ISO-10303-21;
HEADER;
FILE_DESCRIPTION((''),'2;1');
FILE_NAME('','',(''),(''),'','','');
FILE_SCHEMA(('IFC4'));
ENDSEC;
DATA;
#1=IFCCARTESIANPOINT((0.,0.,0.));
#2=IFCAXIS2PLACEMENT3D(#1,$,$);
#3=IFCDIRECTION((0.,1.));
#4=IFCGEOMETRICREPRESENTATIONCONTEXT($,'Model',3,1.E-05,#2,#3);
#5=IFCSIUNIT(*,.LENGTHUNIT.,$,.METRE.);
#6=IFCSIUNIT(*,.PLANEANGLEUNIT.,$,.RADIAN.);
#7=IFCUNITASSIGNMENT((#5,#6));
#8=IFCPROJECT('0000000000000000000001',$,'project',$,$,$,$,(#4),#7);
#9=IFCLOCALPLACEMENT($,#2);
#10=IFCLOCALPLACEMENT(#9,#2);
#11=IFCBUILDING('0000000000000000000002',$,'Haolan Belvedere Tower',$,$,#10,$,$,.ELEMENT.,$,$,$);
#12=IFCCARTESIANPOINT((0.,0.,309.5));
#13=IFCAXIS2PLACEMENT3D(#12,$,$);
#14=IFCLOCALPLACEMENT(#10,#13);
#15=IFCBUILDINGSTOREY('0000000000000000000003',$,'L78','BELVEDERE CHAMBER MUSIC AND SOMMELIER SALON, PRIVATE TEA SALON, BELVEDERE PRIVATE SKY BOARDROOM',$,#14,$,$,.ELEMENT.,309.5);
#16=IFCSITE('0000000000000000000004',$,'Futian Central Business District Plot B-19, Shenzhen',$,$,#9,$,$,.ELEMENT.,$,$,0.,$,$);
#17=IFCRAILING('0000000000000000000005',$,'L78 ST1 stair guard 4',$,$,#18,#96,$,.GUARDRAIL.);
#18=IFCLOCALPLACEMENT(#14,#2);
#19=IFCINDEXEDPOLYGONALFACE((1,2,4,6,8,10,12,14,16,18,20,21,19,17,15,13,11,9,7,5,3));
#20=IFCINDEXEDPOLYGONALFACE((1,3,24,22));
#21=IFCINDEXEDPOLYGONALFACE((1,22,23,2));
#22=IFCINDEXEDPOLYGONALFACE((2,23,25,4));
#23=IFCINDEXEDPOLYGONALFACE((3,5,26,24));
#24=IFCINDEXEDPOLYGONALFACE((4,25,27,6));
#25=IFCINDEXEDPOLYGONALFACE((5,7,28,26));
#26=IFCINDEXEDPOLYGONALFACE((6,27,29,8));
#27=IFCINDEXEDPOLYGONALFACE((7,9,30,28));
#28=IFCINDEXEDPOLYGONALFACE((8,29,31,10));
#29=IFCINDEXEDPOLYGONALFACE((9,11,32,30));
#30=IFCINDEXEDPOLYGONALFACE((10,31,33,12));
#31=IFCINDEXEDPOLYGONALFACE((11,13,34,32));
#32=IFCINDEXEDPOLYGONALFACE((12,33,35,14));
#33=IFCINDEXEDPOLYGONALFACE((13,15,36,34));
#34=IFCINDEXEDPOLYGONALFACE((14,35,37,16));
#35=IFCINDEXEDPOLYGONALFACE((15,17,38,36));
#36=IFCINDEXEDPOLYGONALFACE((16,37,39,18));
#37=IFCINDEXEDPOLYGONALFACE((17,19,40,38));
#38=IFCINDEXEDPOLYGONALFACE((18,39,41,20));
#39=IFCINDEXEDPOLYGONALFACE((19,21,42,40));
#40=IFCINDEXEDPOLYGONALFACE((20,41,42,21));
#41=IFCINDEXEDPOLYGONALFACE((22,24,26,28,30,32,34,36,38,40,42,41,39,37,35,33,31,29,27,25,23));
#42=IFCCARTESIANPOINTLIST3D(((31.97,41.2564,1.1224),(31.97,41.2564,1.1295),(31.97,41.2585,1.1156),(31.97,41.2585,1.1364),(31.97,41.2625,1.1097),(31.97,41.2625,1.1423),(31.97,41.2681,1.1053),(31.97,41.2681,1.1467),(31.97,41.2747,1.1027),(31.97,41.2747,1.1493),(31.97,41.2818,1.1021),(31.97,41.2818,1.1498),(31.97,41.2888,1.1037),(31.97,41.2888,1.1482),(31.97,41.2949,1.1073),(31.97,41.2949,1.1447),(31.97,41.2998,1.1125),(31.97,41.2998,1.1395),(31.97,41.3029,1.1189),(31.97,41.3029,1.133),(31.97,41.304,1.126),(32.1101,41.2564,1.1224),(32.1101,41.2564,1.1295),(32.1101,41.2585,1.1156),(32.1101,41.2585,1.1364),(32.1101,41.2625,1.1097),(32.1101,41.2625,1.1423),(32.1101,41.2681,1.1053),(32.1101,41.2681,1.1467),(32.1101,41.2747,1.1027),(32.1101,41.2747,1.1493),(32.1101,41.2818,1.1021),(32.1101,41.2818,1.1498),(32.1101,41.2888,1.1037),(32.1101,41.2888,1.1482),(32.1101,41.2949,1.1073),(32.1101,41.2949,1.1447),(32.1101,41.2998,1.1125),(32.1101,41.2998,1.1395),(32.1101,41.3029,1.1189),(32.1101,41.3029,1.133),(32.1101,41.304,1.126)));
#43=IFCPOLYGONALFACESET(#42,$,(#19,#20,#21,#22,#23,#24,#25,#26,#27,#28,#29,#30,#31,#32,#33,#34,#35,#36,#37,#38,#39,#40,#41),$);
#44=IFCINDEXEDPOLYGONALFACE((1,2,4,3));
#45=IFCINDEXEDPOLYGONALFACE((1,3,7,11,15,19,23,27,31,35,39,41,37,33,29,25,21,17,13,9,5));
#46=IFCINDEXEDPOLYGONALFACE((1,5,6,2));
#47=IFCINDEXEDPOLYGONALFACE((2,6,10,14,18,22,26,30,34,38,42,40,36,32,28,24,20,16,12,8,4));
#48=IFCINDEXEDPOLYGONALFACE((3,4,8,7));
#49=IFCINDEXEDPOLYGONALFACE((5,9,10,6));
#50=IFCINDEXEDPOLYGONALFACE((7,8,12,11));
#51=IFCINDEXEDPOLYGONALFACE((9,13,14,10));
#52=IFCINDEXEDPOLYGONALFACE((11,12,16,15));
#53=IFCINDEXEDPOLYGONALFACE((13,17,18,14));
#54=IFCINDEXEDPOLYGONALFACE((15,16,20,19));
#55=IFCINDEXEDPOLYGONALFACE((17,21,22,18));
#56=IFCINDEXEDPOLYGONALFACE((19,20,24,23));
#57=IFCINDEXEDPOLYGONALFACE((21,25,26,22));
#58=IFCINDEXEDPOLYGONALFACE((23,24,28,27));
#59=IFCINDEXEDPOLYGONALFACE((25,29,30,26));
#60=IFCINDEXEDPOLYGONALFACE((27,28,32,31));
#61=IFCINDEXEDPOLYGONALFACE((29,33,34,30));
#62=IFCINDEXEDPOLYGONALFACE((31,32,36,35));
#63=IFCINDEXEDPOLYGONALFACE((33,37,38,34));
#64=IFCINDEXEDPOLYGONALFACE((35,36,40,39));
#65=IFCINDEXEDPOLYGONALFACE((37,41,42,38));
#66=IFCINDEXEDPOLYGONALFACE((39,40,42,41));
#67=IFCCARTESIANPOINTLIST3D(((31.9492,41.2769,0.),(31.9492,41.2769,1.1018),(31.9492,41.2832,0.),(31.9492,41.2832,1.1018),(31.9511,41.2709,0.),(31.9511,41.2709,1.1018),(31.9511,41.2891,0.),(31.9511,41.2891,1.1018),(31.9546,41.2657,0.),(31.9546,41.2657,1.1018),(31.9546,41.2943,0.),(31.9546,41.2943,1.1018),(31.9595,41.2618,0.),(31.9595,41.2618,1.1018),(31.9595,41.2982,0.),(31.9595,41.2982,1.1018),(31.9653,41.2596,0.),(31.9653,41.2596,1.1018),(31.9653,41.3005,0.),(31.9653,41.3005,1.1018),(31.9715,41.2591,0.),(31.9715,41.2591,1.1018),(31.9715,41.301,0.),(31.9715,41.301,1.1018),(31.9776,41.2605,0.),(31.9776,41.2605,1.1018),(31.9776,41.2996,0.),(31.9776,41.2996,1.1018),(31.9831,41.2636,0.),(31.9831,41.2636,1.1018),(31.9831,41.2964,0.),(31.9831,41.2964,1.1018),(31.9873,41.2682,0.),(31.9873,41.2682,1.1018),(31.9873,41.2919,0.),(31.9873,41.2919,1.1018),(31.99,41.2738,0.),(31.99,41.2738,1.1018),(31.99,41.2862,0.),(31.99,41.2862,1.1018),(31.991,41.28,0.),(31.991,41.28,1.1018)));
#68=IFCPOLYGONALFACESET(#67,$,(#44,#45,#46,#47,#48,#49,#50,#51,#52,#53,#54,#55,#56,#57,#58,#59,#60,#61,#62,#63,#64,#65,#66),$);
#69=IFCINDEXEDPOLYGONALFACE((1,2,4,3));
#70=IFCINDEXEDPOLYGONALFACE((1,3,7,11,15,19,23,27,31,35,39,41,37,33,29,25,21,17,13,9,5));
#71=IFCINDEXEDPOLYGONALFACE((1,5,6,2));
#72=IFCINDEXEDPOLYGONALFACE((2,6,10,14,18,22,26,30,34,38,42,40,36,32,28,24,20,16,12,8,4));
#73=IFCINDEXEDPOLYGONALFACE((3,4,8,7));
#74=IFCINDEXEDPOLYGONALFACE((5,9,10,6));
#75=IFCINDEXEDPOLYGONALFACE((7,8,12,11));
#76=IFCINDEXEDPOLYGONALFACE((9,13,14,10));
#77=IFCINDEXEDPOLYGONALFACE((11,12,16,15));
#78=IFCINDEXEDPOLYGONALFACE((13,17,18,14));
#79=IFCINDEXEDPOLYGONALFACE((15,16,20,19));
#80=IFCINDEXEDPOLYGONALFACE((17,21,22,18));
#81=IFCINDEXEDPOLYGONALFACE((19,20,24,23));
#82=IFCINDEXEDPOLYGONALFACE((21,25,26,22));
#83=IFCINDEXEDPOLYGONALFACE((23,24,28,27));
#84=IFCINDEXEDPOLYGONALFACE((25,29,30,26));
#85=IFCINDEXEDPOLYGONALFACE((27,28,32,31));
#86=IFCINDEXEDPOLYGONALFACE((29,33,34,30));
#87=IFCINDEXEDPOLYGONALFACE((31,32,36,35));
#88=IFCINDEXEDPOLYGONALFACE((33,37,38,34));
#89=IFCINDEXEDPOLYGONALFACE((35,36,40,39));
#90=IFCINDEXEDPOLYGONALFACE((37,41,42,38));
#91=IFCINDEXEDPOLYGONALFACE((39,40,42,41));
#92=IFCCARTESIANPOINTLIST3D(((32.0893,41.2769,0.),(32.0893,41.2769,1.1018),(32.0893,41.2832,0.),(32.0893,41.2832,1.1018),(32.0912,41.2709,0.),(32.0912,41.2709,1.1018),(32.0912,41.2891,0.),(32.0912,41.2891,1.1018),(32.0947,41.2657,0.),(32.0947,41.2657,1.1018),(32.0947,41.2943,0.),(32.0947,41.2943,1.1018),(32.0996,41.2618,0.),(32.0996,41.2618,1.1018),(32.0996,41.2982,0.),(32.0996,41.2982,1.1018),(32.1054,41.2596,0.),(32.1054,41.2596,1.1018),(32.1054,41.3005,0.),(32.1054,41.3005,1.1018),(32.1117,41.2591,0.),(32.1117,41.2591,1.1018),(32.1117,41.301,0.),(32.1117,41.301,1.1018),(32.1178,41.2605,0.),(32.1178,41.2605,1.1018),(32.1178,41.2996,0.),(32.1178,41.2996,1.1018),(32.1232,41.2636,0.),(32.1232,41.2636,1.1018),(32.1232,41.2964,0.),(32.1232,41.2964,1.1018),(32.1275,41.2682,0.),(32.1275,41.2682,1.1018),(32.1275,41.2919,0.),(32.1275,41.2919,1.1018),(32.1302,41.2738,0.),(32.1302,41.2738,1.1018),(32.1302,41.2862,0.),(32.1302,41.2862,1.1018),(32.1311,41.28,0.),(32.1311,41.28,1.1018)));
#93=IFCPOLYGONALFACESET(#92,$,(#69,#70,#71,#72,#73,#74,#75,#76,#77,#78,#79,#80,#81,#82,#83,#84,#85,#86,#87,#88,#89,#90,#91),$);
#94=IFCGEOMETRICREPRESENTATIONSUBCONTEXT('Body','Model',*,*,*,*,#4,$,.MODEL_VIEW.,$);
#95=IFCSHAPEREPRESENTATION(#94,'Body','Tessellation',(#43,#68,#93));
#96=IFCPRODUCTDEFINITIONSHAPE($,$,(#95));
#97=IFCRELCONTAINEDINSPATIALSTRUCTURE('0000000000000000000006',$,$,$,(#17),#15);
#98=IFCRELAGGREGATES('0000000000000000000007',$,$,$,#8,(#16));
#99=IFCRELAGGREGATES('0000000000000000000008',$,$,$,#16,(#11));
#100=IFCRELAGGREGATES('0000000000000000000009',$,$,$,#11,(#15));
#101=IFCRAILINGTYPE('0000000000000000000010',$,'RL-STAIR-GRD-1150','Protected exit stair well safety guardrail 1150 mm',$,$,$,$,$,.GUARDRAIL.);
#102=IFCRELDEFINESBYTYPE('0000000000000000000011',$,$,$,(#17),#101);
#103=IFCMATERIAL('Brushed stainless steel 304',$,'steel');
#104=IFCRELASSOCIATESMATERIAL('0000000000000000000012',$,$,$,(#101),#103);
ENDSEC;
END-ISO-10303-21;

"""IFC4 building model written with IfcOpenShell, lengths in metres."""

from ifc_helpers import new_model, si_unit, direction, frame, origin, origin_2d, place, context, subcontext, project, spatial, circle, extrude, material, type_object, element, save


model = new_model("IFC4")

# Units and contexts
model_context = context("Model", 3, precision=1e-05, world=origin(), true_north=direction((0.0, 1.0)))
body_context = subcontext(model_context, "Body", "Model", "MODEL_VIEW")
ifc_project = project(units=[si_unit("LENGTHUNIT", "METRE"), si_unit("PLANEANGLEUNIT", "RADIAN")], contexts=[model_context])

# Site, building, storey
site_placement = place(None, origin())
site = spatial("IfcSite", under=ifc_project, at=site_placement, Name="Futian Central Business District Plot B-19, Shenzhen", CompositionType="ELEMENT", RefElevation=0.0)
building_placement = place(site_placement, origin())
building = spatial("IfcBuilding", under=site, at=building_placement, Name="Haolan Belvedere Tower", CompositionType="ELEMENT")
storey_placement = place(building_placement, frame((0.0, 0.0, 309.5)))
storey = spatial("IfcBuildingStorey", under=building, at=storey_placement, Name="L78", Description="BELVEDERE CHAMBER MUSIC AND SOMMELIER SALON, PRIVATE TEA SALON, BELVEDERE PRIVATE SKY BOARDROOM", CompositionType="ELEMENT", Elevation=309.5)

# Railing
ifc_material_1 = material(Name="Brushed stainless steel 304", Category="steel")
railing_type_1 = type_object("IfcRailingType", Name="RL-STAIR-GRD-1150", Description="Protected exit stair well safety guardrail 1150 mm", PredefinedType="GUARDRAIL", material=ifc_material_1)
railing_1_placement = place(storey_placement, frame((31.97, 41.28, 0.0)))
element("IfcRailing", 1, at=railing_1_placement, inside=storey, type_object=railing_type_1, Name="L78 ST1 stair guard 4", PredefinedType="GUARDRAIL", context=body_context, shape_type="SweptSolid", body=[
    extrude(circle(Radius=0.0239, at=origin_2d()), frame((0.0, 0.0, 1.126), z_axis=(1.0, 0.0, 0.0), x_axis=(0.0, 1.0, 0.0)), (0.0, 0.0, 1.0), 0.1401),
    extrude(circle(Radius=0.021, at=origin_2d()), origin(), (0.0, 0.0, 1.0), 1.1018),
    extrude(circle(Radius=0.021, at=origin_2d()), frame((0.1401, 0.0, 0.0)), (0.0, 0.0, 1.0), 1.1018),
])

save(model, "model.ifc")
